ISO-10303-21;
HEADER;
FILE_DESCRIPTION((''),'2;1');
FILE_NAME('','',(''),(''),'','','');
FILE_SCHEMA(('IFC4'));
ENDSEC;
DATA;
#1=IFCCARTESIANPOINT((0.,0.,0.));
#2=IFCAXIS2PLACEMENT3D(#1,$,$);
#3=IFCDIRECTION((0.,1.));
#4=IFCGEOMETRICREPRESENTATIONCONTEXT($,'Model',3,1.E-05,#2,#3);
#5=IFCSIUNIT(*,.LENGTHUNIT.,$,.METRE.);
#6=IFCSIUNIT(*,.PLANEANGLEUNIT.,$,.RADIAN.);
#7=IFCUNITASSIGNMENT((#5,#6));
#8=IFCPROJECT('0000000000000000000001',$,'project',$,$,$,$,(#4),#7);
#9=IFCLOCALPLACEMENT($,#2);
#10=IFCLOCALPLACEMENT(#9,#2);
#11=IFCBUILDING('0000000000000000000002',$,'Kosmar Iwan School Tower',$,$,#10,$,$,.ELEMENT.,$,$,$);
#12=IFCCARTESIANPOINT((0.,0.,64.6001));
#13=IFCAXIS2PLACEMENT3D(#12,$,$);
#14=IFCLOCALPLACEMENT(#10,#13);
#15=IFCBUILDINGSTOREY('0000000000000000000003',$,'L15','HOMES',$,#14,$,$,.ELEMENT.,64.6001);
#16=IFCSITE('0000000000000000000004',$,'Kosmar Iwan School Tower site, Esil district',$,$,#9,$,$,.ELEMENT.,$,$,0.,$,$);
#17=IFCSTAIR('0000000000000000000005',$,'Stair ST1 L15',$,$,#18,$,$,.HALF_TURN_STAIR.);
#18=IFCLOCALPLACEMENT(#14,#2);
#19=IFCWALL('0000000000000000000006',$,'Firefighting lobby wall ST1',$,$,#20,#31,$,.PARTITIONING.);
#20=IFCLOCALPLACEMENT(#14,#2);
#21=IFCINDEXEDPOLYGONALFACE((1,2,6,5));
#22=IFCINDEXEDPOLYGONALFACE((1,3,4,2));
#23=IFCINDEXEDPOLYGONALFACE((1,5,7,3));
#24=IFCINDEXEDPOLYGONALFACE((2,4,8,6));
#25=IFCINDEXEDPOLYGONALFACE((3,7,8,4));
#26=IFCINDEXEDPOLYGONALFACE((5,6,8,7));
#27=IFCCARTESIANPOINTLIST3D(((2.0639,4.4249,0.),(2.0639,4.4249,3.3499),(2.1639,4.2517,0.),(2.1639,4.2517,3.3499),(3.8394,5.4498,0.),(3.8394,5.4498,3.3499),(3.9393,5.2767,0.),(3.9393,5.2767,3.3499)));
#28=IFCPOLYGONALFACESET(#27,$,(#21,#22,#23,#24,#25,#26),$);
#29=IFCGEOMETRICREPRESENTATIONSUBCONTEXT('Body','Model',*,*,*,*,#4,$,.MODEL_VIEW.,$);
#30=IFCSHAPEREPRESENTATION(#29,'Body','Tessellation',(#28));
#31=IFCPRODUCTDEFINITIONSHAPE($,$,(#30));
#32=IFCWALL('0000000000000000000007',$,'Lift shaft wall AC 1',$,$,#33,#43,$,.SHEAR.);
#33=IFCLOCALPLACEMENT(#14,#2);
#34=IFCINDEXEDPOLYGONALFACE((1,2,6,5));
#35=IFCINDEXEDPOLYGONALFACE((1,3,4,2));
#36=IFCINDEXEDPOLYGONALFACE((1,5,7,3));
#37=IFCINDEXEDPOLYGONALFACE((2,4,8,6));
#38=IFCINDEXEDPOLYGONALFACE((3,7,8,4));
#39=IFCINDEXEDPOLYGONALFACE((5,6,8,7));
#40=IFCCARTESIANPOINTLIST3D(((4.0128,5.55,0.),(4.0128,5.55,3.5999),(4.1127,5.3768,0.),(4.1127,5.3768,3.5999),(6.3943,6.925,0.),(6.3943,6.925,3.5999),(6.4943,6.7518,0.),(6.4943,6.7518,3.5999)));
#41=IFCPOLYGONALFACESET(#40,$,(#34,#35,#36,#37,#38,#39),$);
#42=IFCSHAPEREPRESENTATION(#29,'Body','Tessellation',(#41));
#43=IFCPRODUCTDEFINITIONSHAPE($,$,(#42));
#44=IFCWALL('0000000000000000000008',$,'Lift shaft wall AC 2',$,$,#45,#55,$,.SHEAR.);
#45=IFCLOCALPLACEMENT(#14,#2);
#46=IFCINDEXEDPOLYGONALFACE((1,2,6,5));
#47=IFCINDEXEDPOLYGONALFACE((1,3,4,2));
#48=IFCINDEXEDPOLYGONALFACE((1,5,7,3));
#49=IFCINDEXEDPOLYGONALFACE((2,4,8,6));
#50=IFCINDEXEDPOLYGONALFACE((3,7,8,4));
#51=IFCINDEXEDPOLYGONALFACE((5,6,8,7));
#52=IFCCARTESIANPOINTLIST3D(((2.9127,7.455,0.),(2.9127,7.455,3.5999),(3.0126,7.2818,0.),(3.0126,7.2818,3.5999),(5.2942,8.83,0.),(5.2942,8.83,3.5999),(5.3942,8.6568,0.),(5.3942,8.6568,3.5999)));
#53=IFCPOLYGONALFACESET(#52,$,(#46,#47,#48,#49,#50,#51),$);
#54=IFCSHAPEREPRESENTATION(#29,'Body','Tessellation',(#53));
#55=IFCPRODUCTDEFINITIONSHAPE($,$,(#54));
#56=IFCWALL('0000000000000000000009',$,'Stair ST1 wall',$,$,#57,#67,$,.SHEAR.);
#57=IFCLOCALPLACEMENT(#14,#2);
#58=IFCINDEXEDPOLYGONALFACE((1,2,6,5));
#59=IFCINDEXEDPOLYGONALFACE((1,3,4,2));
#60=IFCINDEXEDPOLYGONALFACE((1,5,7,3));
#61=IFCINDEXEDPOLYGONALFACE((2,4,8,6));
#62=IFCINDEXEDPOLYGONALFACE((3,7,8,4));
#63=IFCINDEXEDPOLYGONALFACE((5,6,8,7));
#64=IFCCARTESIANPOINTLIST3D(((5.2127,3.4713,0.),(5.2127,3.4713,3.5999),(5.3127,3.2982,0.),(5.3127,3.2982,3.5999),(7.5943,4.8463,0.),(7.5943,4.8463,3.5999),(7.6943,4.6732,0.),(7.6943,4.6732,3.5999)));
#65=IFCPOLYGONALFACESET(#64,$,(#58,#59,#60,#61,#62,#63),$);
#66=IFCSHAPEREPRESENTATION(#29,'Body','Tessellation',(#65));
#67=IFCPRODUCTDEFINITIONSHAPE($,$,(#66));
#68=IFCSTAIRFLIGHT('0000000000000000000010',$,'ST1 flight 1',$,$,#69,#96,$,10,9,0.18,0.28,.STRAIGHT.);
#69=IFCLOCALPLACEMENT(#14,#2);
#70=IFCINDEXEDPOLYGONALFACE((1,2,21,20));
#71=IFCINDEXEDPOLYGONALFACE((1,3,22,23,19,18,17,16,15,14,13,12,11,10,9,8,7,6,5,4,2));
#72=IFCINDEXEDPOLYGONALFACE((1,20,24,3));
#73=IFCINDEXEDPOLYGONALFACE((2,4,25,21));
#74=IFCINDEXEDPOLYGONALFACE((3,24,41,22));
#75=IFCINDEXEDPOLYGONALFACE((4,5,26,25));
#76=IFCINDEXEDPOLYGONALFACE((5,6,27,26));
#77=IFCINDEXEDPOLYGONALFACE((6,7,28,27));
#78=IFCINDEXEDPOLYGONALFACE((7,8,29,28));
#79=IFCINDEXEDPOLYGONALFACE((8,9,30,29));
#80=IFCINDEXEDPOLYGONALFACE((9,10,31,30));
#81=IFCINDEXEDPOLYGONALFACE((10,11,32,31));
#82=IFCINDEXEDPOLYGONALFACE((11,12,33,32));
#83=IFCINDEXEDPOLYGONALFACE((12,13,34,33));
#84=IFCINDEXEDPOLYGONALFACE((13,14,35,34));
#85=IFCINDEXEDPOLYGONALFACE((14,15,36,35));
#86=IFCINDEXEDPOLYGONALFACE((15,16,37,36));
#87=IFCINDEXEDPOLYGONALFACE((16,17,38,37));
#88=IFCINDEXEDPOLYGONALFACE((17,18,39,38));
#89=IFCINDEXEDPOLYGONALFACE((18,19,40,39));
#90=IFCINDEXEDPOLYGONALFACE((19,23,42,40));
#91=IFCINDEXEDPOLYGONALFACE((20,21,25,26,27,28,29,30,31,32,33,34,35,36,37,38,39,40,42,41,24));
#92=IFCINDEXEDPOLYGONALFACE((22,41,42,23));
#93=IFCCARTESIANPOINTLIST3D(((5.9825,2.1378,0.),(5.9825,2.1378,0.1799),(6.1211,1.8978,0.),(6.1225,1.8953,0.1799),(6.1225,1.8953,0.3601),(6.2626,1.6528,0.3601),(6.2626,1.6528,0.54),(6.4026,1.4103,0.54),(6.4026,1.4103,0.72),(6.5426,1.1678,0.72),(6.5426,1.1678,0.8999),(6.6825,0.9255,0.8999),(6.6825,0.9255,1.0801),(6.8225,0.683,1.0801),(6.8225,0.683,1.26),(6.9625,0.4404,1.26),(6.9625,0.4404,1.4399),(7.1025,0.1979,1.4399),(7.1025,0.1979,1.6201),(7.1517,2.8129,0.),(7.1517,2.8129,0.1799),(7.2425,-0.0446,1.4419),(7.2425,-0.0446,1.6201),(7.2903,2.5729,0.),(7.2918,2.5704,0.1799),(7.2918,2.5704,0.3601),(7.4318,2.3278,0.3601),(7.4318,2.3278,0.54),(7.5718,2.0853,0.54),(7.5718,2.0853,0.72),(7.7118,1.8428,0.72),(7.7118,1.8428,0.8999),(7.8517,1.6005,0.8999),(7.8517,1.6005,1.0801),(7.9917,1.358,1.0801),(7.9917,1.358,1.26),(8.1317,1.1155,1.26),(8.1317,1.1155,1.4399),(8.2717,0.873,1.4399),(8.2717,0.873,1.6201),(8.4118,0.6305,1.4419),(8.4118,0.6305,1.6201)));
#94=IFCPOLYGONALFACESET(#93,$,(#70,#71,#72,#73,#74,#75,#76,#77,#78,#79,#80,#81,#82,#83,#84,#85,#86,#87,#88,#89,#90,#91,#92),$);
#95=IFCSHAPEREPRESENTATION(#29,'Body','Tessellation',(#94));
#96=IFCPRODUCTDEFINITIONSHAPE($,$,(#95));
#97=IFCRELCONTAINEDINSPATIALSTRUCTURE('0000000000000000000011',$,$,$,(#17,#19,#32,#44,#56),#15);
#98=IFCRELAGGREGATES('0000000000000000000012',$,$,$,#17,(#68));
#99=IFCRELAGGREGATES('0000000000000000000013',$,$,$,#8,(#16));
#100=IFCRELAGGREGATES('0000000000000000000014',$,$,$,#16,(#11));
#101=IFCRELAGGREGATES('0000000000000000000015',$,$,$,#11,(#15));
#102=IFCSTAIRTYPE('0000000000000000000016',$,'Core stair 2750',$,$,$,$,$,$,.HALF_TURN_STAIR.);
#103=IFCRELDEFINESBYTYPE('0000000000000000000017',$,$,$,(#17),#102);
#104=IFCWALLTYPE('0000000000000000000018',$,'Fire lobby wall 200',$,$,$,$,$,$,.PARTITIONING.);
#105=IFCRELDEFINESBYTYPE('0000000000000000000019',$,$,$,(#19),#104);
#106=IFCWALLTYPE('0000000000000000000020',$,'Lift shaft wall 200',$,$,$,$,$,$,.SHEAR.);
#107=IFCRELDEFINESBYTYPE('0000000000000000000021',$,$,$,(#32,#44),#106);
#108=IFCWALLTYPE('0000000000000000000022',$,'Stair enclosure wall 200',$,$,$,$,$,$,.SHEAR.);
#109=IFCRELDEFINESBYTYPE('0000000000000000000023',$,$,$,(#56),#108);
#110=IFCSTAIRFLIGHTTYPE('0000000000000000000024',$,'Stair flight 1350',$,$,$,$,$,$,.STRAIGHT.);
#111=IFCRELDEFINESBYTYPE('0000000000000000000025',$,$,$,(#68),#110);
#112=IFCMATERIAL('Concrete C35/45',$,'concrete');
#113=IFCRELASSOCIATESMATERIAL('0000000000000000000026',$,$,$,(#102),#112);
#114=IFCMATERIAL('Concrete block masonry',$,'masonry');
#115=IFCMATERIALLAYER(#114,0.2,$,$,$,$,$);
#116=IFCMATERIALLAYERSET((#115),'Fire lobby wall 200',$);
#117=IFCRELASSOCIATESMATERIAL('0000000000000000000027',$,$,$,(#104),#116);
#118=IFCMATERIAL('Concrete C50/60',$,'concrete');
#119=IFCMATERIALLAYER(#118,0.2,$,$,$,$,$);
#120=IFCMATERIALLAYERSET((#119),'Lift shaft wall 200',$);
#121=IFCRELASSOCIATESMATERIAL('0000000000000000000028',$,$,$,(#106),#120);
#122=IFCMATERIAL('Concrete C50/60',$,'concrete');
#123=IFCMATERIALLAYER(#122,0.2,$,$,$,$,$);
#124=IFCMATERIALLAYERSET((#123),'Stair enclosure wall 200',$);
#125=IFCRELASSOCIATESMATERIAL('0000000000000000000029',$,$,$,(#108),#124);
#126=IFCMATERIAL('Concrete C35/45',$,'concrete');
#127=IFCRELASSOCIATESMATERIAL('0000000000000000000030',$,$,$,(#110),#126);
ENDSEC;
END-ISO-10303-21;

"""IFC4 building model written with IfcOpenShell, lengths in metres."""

from ifc_helpers import new_model, si_unit, direction, frame, frame_2d, origin, place, context, subcontext, project, spatial, polyline, rectangle, outline, extrude, material, layer, layer_set, type_object, element, aggregate, save


model = new_model("IFC4")

# Units and contexts
model_context = context("Model", 3, precision=1e-05, world=origin(), true_north=direction((0.0, 1.0)))
body_context = subcontext(model_context, "Body", "Model", "MODEL_VIEW")
ifc_project = project(units=[si_unit("LENGTHUNIT", "METRE"), si_unit("PLANEANGLEUNIT", "RADIAN")], contexts=[model_context])

# Site, building, storey
site_placement = place(None, origin())
site = spatial("IfcSite", under=ifc_project, at=site_placement, Name="Kosmar Iwan School Tower site, Esil district", CompositionType="ELEMENT", RefElevation=0.0)
building_placement = place(site_placement, origin())
building = spatial("IfcBuilding", under=site, at=building_placement, Name="Kosmar Iwan School Tower", CompositionType="ELEMENT")
storey_placement = place(building_placement, frame((0.0, 0.0, 64.6001)))
storey = spatial("IfcBuildingStorey", under=building, at=storey_placement, Name="L15", Description="HOMES", CompositionType="ELEMENT", Elevation=64.6001)

# Stair
ifc_material_1 = material(Name="Concrete C35/45", Category="concrete")
stair_type_1 = type_object("IfcStairType", Name="Core stair 2750", PredefinedType="HALF_TURN_STAIR", material=ifc_material_1)
stair_1_placement = place(storey_placement, origin())
stair_1 = element("IfcStair", 1, at=stair_1_placement, inside=storey, type_object=stair_type_1, Name="Stair ST1 L15", PredefinedType="HALF_TURN_STAIR")

# Walls
ifc_material_2 = material(Name="Concrete block masonry", Category="masonry")
ifc_layer_1 = layer(ifc_material_2, 0.2)
ifc_layer_set_1 = layer_set([ifc_layer_1], Name="Fire lobby wall 200")
wall_type_1 = type_object("IfcWallType", Name="Fire lobby wall 200", PredefinedType="PARTITIONING", material=ifc_layer_set_1)
wall_1_placement = place(storey_placement, frame((2.114, 4.3384, 0.0), z_axis=(0.0, 0.0, 1.0), x_axis=(0.866051, 0.499956, 0.0)))
element("IfcWall", 2, at=wall_1_placement, inside=storey, type_object=wall_type_1, Name="Firefighting lobby wall ST1", PredefinedType="PARTITIONING", context=body_context, shape_type="SweptSolid", body=[
    extrude(rectangle(XDim=2.05, YDim=0.2, at=frame_2d((1.0249, 0.0))), origin(), (0.0, 0.0, 1.0), 3.3499),
])
ifc_material_3 = material(Name="Concrete C50/60", Category="concrete")
ifc_layer_2 = layer(ifc_material_3, 0.2)
ifc_layer_set_2 = layer_set([ifc_layer_2], Name="Lift shaft wall 200")
wall_type_2 = type_object("IfcWallType", Name="Lift shaft wall 200", PredefinedType="SHEAR", material=ifc_layer_set_2)
for number, where, z_axis, x_axis, name in (
    (3, (4.0627, 5.4634, 0.0), (0.0, 0.0, 1.0), (0.866027, 0.499997, 0.0), "Lift shaft wall AC 1"),
    (4, (2.9626, 7.3684, 0.0), (0.0, 0.0, 1.0), (0.866027, 0.499997, 0.0), "Lift shaft wall AC 2"),
):
    element("IfcWall", number, at=place(storey_placement, frame(where, z_axis=z_axis, x_axis=x_axis)), inside=storey, type_object=wall_type_2, Name=name, PredefinedType="SHEAR", context=body_context, shape_type="SweptSolid", body=[
        extrude(rectangle(XDim=2.75, YDim=0.2, at=frame_2d((1.375, 0.0))), origin(), (0.0, 0.0, 1.0), 3.5999),
    ])
ifc_material_4 = material(Name="Concrete C50/60", Category="concrete")
ifc_layer_3 = layer(ifc_material_4, 0.2)
ifc_layer_set_3 = layer_set([ifc_layer_3], Name="Stair enclosure wall 200")
wall_type_3 = type_object("IfcWallType", Name="Stair enclosure wall 200", PredefinedType="SHEAR", material=ifc_layer_set_3)
wall_2_placement = place(storey_placement, frame((5.2627, 3.3848, 0.0), z_axis=(0.0, 0.0, 1.0), x_axis=(0.866027, 0.499997, 0.0)))
element("IfcWall", 5, at=wall_2_placement, inside=storey, type_object=wall_type_3, Name="Stair ST1 wall", PredefinedType="SHEAR", context=body_context, shape_type="SweptSolid", body=[
    extrude(rectangle(XDim=2.75, YDim=0.2, at=frame_2d((1.375, 0.0))), origin(), (0.0, 0.0, 1.0), 3.5999),
])

# Stair flight
ifc_material_5 = material(Name="Concrete C35/45", Category="concrete")
stair_flight_type = type_object("IfcStairFlightType", Name="Stair flight 1350", PredefinedType="STRAIGHT", material=ifc_material_5)
stair_flight_placement = place(storey_placement, frame((6.5671, 2.4753, 0.0), z_axis=(0.0, 0.0, 1.0), x_axis=(0.5, -0.866025, 0.0)))
stair_flight = element("IfcStairFlight", 6, at=stair_flight_placement, type_object=stair_flight_type, Name="ST1 flight 1", NumberOfRisers=10, NumberOfTreads=9, PredefinedType="STRAIGHT", RiserHeight=0.18, TreadLength=0.28, context=body_context, shape_type="SweptSolid", body=[
    extrude(outline(polyline([(0.0, 0.0), (0.0, 0.1799), (0.28, 0.1799), (0.28, 0.3601), (0.5601, 0.3601), (0.5601, 0.54), (0.8401, 0.54), (0.8401, 0.72), (1.1201, 0.72), (1.1201, 0.8999), (1.3999, 0.8999), (1.3999, 1.0801), (1.6799, 1.0801), (1.6799, 1.26), (1.96, 1.26), (1.96, 1.4399), (2.24, 1.4399), (2.24, 1.6201), (2.52, 1.6201), (2.52, 1.8), (2.52, 1.4419), (0.2771, 0.0), (0.0, 0.0)])), frame((0.0, 0.675, 0.0), z_axis=(0.0, -1.0, 0.0), x_axis=(1.0, 0.0, 0.0)), (0.0, 0.0, 1.0), 1.3501),
])
aggregate(stair_1, [stair_flight])

save(model, "model.ifc")
